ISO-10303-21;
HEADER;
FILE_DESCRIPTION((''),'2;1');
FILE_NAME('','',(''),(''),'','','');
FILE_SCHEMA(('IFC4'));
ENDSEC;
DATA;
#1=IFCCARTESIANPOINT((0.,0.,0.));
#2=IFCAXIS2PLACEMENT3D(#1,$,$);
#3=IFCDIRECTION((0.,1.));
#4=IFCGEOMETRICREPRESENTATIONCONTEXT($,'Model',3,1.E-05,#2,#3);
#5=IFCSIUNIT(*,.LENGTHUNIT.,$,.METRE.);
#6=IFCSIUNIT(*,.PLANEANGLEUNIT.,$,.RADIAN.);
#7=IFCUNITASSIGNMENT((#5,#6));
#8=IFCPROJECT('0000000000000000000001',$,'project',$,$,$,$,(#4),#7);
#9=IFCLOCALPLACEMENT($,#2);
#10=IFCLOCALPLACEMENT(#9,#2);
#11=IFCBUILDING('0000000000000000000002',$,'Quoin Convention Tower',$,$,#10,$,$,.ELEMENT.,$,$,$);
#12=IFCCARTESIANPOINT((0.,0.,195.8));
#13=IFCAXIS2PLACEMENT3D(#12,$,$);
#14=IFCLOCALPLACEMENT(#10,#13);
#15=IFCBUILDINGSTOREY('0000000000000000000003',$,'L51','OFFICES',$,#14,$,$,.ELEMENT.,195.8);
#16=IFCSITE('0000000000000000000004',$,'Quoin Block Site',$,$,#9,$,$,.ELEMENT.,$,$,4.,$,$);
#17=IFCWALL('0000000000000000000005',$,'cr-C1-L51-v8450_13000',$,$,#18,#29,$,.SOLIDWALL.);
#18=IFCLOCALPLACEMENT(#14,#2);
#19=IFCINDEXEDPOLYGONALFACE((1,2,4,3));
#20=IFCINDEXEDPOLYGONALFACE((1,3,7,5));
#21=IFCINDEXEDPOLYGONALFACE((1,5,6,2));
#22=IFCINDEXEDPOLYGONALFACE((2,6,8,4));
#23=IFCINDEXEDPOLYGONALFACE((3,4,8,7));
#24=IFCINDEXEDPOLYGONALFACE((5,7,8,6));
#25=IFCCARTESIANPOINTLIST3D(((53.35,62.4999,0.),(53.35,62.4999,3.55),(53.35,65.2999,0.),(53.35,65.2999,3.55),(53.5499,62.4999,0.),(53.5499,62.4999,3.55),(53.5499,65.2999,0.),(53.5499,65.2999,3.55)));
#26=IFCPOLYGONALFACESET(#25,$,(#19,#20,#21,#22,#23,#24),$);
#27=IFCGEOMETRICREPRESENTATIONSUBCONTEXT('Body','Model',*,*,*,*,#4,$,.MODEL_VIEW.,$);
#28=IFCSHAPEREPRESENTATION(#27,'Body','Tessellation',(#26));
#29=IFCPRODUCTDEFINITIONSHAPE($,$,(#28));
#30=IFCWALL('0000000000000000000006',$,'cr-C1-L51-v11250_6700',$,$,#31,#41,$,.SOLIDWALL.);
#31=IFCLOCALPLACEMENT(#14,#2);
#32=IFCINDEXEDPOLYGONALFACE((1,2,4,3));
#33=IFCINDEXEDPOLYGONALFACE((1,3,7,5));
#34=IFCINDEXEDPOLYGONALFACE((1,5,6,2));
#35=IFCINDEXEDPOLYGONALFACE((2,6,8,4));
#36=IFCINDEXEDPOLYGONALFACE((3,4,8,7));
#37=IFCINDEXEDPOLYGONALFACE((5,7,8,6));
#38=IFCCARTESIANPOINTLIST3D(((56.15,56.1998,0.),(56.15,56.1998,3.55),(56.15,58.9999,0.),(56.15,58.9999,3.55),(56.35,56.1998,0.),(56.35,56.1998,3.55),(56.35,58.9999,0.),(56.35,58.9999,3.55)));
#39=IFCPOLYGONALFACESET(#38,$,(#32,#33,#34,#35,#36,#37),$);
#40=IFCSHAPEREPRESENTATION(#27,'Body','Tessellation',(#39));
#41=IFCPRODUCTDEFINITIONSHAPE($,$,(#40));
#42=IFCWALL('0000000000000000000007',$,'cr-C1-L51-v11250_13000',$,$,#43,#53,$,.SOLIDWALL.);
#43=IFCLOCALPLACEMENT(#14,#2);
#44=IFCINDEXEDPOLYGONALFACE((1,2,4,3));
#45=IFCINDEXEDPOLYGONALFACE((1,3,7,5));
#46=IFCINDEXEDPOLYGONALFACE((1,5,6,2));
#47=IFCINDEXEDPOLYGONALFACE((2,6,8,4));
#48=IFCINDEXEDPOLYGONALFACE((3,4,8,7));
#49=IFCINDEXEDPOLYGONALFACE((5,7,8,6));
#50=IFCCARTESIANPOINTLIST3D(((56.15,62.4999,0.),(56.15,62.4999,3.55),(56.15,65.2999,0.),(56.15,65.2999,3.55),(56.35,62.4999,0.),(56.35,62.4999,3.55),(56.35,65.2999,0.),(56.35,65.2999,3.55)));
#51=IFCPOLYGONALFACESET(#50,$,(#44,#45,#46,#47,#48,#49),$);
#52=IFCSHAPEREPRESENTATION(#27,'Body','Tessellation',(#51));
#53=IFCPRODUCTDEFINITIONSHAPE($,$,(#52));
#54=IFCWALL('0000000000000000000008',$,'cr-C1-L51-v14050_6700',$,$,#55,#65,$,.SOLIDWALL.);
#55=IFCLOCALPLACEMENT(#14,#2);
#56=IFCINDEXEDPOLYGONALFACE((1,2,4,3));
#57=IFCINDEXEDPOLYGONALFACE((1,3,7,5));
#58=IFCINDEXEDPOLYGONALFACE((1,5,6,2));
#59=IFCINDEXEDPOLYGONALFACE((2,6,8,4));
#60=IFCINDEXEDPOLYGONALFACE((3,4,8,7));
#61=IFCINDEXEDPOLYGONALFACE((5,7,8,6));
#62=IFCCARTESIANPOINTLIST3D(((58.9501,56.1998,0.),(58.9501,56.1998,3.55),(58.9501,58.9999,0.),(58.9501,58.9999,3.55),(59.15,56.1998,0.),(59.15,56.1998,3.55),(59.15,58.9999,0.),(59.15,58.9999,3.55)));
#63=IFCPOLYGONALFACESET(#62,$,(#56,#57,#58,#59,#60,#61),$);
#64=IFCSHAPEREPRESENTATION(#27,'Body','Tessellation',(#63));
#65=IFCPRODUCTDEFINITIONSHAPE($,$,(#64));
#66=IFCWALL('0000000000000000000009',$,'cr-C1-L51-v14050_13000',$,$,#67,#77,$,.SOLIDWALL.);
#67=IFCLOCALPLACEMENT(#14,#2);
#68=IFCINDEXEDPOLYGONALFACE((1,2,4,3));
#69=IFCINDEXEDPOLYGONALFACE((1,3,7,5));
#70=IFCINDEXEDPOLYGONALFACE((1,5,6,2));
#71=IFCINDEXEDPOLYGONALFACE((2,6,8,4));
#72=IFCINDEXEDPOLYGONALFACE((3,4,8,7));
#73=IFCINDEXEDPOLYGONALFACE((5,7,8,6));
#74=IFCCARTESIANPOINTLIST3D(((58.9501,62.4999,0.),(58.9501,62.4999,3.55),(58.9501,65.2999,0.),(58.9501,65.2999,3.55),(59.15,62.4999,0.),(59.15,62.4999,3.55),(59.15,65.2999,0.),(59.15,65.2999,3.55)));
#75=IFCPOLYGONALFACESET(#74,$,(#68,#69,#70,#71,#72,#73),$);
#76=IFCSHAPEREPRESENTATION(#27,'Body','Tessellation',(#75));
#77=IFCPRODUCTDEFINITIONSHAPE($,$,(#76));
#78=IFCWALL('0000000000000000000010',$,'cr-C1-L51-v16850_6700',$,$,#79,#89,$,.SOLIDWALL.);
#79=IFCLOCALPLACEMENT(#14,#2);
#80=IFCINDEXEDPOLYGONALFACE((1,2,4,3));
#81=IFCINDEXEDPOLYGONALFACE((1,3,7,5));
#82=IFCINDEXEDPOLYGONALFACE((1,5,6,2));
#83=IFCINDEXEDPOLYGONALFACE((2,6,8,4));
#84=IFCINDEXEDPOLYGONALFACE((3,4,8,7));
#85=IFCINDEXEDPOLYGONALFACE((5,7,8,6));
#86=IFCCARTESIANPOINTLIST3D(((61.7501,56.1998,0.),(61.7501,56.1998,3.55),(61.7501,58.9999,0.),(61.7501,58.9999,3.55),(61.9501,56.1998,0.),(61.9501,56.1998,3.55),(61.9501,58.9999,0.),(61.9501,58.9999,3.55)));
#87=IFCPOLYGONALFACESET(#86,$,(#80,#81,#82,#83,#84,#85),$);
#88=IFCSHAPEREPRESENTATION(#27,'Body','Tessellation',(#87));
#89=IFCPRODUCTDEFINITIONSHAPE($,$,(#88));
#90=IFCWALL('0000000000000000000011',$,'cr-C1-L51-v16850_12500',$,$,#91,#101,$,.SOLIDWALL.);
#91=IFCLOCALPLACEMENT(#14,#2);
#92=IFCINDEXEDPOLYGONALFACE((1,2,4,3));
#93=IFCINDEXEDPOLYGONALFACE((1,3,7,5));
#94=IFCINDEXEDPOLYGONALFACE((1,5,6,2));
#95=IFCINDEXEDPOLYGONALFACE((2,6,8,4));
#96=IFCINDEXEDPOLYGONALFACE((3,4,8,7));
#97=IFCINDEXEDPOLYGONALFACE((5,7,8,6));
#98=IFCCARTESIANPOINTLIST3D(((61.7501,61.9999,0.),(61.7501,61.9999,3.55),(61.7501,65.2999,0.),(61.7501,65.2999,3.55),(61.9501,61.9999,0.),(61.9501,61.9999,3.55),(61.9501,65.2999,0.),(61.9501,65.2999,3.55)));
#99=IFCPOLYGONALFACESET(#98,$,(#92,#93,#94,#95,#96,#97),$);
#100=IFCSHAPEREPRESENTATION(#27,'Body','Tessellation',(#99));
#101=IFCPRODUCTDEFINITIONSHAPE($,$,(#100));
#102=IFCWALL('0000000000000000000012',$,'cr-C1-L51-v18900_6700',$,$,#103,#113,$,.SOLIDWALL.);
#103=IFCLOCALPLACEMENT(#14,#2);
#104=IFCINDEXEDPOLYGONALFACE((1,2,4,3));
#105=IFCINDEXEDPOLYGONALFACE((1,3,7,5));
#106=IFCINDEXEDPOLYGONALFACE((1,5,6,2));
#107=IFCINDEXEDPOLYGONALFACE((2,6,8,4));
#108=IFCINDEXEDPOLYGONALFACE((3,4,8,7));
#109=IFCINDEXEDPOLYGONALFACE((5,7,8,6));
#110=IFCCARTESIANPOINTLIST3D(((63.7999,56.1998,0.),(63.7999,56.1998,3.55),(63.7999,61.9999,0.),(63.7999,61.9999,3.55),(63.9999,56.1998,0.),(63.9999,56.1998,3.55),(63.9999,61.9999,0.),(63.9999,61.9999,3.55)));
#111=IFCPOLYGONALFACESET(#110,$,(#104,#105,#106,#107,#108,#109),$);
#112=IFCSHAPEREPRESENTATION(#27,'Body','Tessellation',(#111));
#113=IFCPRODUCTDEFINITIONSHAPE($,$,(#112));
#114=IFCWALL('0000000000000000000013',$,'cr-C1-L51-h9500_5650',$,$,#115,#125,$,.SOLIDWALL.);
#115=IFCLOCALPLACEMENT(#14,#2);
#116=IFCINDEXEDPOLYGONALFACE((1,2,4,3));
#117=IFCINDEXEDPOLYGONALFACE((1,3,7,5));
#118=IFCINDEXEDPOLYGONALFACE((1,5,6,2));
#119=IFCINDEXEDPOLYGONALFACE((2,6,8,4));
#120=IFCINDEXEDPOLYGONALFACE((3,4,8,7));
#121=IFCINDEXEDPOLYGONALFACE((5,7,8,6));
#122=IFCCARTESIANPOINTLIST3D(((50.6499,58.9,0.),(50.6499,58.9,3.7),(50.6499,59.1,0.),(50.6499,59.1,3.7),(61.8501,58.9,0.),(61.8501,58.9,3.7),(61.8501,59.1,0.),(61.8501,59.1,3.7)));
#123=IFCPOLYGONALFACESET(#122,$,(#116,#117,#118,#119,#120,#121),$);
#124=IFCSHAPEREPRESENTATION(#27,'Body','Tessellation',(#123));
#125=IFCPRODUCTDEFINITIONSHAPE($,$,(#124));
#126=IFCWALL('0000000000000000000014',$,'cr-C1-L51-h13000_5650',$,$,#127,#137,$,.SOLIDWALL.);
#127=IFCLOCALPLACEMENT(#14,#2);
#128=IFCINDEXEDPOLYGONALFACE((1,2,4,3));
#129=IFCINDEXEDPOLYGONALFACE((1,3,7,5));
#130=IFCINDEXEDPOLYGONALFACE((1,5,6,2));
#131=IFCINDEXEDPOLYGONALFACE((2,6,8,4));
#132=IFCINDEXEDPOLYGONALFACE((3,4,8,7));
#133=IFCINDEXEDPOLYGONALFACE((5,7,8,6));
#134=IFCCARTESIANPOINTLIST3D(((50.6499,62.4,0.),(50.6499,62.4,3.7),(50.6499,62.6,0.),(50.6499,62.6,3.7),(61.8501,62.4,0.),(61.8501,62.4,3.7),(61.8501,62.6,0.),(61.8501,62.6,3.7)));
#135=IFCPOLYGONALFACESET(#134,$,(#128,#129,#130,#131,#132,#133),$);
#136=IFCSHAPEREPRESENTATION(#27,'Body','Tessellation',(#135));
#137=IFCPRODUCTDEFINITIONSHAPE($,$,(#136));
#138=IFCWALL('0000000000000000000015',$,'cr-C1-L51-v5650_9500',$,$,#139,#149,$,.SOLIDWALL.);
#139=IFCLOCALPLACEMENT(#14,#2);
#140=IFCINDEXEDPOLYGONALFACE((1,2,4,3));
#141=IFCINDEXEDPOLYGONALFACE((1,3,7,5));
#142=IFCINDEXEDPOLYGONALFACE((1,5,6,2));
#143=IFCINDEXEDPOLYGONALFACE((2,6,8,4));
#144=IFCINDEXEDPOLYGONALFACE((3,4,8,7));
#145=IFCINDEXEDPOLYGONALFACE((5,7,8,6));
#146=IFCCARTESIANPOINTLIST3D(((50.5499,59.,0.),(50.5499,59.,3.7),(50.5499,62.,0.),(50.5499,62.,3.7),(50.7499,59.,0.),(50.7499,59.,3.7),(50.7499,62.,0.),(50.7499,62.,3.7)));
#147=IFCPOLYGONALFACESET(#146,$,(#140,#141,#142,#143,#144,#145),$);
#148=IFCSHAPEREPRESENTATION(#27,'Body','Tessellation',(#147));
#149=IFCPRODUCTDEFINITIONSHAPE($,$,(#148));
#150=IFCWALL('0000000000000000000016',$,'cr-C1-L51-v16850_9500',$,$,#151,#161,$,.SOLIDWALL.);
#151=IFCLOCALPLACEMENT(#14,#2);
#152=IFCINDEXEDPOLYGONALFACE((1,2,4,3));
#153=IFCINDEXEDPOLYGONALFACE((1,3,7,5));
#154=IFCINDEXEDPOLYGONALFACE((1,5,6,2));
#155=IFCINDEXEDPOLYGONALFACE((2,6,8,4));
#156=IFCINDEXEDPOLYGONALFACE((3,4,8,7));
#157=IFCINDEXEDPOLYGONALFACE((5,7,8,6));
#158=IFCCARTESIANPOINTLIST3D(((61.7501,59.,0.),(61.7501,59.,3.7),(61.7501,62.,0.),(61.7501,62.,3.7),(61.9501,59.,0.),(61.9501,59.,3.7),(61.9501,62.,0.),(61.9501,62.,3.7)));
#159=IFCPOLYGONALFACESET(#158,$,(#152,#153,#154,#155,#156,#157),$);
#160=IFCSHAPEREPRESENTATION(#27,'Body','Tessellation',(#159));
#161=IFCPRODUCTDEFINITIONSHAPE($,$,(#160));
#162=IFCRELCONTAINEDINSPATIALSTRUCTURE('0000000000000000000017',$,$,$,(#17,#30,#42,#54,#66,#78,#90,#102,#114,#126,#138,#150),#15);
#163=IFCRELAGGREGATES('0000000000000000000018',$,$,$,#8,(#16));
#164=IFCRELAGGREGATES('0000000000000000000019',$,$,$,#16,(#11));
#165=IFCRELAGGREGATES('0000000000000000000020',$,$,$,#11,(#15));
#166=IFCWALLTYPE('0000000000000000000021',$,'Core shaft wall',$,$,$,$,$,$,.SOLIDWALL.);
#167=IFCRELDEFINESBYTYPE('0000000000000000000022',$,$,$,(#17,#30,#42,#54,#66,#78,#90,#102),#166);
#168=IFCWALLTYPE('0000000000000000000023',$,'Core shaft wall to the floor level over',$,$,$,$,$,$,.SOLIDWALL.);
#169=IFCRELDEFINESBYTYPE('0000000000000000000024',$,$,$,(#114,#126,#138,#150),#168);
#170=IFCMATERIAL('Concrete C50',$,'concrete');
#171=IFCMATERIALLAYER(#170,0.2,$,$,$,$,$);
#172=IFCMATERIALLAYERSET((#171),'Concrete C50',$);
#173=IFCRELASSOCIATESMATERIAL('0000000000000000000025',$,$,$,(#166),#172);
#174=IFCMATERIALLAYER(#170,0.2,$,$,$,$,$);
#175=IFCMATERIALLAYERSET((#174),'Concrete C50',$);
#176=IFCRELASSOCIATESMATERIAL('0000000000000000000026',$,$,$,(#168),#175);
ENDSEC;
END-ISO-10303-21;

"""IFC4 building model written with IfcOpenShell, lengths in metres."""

from ifc_helpers import new_model, si_unit, direction, frame, frame_2d, origin, place, context, subcontext, project, spatial, rectangle, extrude, material, layer, layer_set, type_object, element, save


model = new_model("IFC4")

# Units and contexts
model_context = context("Model", 3, precision=1e-05, world=origin(), true_north=direction((0.0, 1.0)))
body_context = subcontext(model_context, "Body", "Model", "MODEL_VIEW")
ifc_project = project(units=[si_unit("LENGTHUNIT", "METRE"), si_unit("PLANEANGLEUNIT", "RADIAN")], contexts=[model_context])

# Site, building, storey
site_placement = place(None, origin())
site = spatial("IfcSite", under=ifc_project, at=site_placement, Name="Quoin Block Site", CompositionType="ELEMENT", RefElevation=4.0)
building_placement = place(site_placement, origin())
building = spatial("IfcBuilding", under=site, at=building_placement, Name="Quoin Convention Tower", CompositionType="ELEMENT")
storey_placement = place(building_placement, frame((0.0, 0.0, 195.8)))
storey = spatial("IfcBuildingStorey", under=building, at=storey_placement, Name="L51", Description="OFFICES", CompositionType="ELEMENT", Elevation=195.8)

# Shared definitions
ifc_material_1 = material(Name="Concrete C50", Category="concrete")
ifc_layer_1 = layer(ifc_material_1, 0.2)
ifc_layer_set_1 = layer_set([ifc_layer_1], Name="Concrete C50")
wall_type_1 = type_object("IfcWallType", Name="Core shaft wall", PredefinedType="SOLIDWALL", material=ifc_layer_set_1)

# Walls
for number, where, z_axis, x_axis, name in (
    (1, (53.45, 62.5, 0.0), (0.0, 0.0, 1.0), (0.0, 1.0, 0.0), "cr-C1-L51-v8450_13000"),
    (2, (56.25, 56.2, 0.0), (0.0, 0.0, 1.0), (0.0, 1.0, 0.0), "cr-C1-L51-v11250_6700"),
    (3, (56.25, 62.5, 0.0), (0.0, 0.0, 1.0), (0.0, 1.0, 0.0), "cr-C1-L51-v11250_13000"),
    (4, (59.05, 56.2, 0.0), (0.0, 0.0, 1.0), (0.0, 1.0, 0.0), "cr-C1-L51-v14050_6700"),
    (5, (59.05, 62.5, 0.0), (0.0, 0.0, 1.0), (0.0, 1.0, 0.0), "cr-C1-L51-v14050_13000"),
    (6, (61.8501, 56.2, 0.0), (0.0, 0.0, 1.0), (0.0, 1.0, 0.0), "cr-C1-L51-v16850_6700"),
):
    element("IfcWall", number, at=place(storey_placement, frame(where, z_axis=z_axis, x_axis=x_axis)), inside=storey, type_object=wall_type_1, Name=name, PredefinedType="SOLIDWALL", context=body_context, shape_type="SweptSolid", body=[
        extrude(rectangle(XDim=2.8, YDim=0.2, at=frame_2d((1.3999, 0.0))), origin(), (0.0, 0.0, 1.0), 3.55),
    ])
wall_1_placement = place(storey_placement, frame((61.8501, 62.0, 0.0), z_axis=(0.0, 0.0, 1.0), x_axis=(0.0, 1.0, 0.0)))
element("IfcWall", 7, at=wall_1_placement, inside=storey, type_object=wall_type_1, Name="cr-C1-L51-v16850_12500", PredefinedType="SOLIDWALL", context=body_context, shape_type="SweptSolid", body=[
    extrude(rectangle(XDim=3.3, YDim=0.2, at=frame_2d((1.6499, 0.0))), origin(), (0.0, 0.0, 1.0), 3.55),
])
wall_2_placement = place(storey_placement, frame((63.8999, 56.2, 0.0), z_axis=(0.0, 0.0, 1.0), x_axis=(0.0, 1.0, 0.0)))
element("IfcWall", 8, at=wall_2_placement, inside=storey, type_object=wall_type_1, Name="cr-C1-L51-v18900_6700", PredefinedType="SOLIDWALL", context=body_context, shape_type="SweptSolid", body=[
    extrude(rectangle(XDim=5.8, YDim=0.2, at=frame_2d((2.8999, 0.0))), origin(), (0.0, 0.0, 1.0), 3.55),
])
ifc_layer_2 = layer(ifc_material_1, 0.2)
ifc_layer_set_2 = layer_set([ifc_layer_2], Name="Concrete C50")
wall_type_2 = type_object("IfcWallType", Name="Core shaft wall to the floor level over", PredefinedType="SOLIDWALL", material=ifc_layer_set_2)
for number, where, z_axis, x_axis, name in (
    (9, (50.6499, 59.0, 0.0), (0.0, 0.0, 1.0), (1.0, 0.0, 0.0), "cr-C1-L51-h9500_5650"),
    (10, (50.6499, 62.5, 0.0), (0.0, 0.0, 1.0), (1.0, 0.0, 0.0), "cr-C1-L51-h13000_5650"),
):
    element("IfcWall", number, at=place(storey_placement, frame(where, z_axis=z_axis, x_axis=x_axis)), inside=storey, type_object=wall_type_2, Name=name, PredefinedType="SOLIDWALL", context=body_context, shape_type="SweptSolid", body=[
        extrude(rectangle(XDim=11.2002, YDim=0.2, at=frame_2d((5.6001, 0.0))), origin(), (0.0, 0.0, 1.0), 3.7),
    ])
for number, where, z_axis, x_axis, name in (
    (11, (50.6499, 59.0, 0.0), (0.0, 0.0, 1.0), (0.0, 1.0, 0.0), "cr-C1-L51-v5650_9500"),
    (12, (61.8501, 59.0, 0.0), (0.0, 0.0, 1.0), (0.0, 1.0, 0.0), "cr-C1-L51-v16850_9500"),
):
    element("IfcWall", number, at=place(storey_placement, frame(where, z_axis=z_axis, x_axis=x_axis)), inside=storey, type_object=wall_type_2, Name=name, PredefinedType="SOLIDWALL", context=body_context, shape_type="SweptSolid", body=[
        extrude(rectangle(XDim=3.0, YDim=0.2, at=frame_2d((1.5, 0.0))), origin(), (0.0, 0.0, 1.0), 3.7),
    ])

save(model, "model.ifc")
